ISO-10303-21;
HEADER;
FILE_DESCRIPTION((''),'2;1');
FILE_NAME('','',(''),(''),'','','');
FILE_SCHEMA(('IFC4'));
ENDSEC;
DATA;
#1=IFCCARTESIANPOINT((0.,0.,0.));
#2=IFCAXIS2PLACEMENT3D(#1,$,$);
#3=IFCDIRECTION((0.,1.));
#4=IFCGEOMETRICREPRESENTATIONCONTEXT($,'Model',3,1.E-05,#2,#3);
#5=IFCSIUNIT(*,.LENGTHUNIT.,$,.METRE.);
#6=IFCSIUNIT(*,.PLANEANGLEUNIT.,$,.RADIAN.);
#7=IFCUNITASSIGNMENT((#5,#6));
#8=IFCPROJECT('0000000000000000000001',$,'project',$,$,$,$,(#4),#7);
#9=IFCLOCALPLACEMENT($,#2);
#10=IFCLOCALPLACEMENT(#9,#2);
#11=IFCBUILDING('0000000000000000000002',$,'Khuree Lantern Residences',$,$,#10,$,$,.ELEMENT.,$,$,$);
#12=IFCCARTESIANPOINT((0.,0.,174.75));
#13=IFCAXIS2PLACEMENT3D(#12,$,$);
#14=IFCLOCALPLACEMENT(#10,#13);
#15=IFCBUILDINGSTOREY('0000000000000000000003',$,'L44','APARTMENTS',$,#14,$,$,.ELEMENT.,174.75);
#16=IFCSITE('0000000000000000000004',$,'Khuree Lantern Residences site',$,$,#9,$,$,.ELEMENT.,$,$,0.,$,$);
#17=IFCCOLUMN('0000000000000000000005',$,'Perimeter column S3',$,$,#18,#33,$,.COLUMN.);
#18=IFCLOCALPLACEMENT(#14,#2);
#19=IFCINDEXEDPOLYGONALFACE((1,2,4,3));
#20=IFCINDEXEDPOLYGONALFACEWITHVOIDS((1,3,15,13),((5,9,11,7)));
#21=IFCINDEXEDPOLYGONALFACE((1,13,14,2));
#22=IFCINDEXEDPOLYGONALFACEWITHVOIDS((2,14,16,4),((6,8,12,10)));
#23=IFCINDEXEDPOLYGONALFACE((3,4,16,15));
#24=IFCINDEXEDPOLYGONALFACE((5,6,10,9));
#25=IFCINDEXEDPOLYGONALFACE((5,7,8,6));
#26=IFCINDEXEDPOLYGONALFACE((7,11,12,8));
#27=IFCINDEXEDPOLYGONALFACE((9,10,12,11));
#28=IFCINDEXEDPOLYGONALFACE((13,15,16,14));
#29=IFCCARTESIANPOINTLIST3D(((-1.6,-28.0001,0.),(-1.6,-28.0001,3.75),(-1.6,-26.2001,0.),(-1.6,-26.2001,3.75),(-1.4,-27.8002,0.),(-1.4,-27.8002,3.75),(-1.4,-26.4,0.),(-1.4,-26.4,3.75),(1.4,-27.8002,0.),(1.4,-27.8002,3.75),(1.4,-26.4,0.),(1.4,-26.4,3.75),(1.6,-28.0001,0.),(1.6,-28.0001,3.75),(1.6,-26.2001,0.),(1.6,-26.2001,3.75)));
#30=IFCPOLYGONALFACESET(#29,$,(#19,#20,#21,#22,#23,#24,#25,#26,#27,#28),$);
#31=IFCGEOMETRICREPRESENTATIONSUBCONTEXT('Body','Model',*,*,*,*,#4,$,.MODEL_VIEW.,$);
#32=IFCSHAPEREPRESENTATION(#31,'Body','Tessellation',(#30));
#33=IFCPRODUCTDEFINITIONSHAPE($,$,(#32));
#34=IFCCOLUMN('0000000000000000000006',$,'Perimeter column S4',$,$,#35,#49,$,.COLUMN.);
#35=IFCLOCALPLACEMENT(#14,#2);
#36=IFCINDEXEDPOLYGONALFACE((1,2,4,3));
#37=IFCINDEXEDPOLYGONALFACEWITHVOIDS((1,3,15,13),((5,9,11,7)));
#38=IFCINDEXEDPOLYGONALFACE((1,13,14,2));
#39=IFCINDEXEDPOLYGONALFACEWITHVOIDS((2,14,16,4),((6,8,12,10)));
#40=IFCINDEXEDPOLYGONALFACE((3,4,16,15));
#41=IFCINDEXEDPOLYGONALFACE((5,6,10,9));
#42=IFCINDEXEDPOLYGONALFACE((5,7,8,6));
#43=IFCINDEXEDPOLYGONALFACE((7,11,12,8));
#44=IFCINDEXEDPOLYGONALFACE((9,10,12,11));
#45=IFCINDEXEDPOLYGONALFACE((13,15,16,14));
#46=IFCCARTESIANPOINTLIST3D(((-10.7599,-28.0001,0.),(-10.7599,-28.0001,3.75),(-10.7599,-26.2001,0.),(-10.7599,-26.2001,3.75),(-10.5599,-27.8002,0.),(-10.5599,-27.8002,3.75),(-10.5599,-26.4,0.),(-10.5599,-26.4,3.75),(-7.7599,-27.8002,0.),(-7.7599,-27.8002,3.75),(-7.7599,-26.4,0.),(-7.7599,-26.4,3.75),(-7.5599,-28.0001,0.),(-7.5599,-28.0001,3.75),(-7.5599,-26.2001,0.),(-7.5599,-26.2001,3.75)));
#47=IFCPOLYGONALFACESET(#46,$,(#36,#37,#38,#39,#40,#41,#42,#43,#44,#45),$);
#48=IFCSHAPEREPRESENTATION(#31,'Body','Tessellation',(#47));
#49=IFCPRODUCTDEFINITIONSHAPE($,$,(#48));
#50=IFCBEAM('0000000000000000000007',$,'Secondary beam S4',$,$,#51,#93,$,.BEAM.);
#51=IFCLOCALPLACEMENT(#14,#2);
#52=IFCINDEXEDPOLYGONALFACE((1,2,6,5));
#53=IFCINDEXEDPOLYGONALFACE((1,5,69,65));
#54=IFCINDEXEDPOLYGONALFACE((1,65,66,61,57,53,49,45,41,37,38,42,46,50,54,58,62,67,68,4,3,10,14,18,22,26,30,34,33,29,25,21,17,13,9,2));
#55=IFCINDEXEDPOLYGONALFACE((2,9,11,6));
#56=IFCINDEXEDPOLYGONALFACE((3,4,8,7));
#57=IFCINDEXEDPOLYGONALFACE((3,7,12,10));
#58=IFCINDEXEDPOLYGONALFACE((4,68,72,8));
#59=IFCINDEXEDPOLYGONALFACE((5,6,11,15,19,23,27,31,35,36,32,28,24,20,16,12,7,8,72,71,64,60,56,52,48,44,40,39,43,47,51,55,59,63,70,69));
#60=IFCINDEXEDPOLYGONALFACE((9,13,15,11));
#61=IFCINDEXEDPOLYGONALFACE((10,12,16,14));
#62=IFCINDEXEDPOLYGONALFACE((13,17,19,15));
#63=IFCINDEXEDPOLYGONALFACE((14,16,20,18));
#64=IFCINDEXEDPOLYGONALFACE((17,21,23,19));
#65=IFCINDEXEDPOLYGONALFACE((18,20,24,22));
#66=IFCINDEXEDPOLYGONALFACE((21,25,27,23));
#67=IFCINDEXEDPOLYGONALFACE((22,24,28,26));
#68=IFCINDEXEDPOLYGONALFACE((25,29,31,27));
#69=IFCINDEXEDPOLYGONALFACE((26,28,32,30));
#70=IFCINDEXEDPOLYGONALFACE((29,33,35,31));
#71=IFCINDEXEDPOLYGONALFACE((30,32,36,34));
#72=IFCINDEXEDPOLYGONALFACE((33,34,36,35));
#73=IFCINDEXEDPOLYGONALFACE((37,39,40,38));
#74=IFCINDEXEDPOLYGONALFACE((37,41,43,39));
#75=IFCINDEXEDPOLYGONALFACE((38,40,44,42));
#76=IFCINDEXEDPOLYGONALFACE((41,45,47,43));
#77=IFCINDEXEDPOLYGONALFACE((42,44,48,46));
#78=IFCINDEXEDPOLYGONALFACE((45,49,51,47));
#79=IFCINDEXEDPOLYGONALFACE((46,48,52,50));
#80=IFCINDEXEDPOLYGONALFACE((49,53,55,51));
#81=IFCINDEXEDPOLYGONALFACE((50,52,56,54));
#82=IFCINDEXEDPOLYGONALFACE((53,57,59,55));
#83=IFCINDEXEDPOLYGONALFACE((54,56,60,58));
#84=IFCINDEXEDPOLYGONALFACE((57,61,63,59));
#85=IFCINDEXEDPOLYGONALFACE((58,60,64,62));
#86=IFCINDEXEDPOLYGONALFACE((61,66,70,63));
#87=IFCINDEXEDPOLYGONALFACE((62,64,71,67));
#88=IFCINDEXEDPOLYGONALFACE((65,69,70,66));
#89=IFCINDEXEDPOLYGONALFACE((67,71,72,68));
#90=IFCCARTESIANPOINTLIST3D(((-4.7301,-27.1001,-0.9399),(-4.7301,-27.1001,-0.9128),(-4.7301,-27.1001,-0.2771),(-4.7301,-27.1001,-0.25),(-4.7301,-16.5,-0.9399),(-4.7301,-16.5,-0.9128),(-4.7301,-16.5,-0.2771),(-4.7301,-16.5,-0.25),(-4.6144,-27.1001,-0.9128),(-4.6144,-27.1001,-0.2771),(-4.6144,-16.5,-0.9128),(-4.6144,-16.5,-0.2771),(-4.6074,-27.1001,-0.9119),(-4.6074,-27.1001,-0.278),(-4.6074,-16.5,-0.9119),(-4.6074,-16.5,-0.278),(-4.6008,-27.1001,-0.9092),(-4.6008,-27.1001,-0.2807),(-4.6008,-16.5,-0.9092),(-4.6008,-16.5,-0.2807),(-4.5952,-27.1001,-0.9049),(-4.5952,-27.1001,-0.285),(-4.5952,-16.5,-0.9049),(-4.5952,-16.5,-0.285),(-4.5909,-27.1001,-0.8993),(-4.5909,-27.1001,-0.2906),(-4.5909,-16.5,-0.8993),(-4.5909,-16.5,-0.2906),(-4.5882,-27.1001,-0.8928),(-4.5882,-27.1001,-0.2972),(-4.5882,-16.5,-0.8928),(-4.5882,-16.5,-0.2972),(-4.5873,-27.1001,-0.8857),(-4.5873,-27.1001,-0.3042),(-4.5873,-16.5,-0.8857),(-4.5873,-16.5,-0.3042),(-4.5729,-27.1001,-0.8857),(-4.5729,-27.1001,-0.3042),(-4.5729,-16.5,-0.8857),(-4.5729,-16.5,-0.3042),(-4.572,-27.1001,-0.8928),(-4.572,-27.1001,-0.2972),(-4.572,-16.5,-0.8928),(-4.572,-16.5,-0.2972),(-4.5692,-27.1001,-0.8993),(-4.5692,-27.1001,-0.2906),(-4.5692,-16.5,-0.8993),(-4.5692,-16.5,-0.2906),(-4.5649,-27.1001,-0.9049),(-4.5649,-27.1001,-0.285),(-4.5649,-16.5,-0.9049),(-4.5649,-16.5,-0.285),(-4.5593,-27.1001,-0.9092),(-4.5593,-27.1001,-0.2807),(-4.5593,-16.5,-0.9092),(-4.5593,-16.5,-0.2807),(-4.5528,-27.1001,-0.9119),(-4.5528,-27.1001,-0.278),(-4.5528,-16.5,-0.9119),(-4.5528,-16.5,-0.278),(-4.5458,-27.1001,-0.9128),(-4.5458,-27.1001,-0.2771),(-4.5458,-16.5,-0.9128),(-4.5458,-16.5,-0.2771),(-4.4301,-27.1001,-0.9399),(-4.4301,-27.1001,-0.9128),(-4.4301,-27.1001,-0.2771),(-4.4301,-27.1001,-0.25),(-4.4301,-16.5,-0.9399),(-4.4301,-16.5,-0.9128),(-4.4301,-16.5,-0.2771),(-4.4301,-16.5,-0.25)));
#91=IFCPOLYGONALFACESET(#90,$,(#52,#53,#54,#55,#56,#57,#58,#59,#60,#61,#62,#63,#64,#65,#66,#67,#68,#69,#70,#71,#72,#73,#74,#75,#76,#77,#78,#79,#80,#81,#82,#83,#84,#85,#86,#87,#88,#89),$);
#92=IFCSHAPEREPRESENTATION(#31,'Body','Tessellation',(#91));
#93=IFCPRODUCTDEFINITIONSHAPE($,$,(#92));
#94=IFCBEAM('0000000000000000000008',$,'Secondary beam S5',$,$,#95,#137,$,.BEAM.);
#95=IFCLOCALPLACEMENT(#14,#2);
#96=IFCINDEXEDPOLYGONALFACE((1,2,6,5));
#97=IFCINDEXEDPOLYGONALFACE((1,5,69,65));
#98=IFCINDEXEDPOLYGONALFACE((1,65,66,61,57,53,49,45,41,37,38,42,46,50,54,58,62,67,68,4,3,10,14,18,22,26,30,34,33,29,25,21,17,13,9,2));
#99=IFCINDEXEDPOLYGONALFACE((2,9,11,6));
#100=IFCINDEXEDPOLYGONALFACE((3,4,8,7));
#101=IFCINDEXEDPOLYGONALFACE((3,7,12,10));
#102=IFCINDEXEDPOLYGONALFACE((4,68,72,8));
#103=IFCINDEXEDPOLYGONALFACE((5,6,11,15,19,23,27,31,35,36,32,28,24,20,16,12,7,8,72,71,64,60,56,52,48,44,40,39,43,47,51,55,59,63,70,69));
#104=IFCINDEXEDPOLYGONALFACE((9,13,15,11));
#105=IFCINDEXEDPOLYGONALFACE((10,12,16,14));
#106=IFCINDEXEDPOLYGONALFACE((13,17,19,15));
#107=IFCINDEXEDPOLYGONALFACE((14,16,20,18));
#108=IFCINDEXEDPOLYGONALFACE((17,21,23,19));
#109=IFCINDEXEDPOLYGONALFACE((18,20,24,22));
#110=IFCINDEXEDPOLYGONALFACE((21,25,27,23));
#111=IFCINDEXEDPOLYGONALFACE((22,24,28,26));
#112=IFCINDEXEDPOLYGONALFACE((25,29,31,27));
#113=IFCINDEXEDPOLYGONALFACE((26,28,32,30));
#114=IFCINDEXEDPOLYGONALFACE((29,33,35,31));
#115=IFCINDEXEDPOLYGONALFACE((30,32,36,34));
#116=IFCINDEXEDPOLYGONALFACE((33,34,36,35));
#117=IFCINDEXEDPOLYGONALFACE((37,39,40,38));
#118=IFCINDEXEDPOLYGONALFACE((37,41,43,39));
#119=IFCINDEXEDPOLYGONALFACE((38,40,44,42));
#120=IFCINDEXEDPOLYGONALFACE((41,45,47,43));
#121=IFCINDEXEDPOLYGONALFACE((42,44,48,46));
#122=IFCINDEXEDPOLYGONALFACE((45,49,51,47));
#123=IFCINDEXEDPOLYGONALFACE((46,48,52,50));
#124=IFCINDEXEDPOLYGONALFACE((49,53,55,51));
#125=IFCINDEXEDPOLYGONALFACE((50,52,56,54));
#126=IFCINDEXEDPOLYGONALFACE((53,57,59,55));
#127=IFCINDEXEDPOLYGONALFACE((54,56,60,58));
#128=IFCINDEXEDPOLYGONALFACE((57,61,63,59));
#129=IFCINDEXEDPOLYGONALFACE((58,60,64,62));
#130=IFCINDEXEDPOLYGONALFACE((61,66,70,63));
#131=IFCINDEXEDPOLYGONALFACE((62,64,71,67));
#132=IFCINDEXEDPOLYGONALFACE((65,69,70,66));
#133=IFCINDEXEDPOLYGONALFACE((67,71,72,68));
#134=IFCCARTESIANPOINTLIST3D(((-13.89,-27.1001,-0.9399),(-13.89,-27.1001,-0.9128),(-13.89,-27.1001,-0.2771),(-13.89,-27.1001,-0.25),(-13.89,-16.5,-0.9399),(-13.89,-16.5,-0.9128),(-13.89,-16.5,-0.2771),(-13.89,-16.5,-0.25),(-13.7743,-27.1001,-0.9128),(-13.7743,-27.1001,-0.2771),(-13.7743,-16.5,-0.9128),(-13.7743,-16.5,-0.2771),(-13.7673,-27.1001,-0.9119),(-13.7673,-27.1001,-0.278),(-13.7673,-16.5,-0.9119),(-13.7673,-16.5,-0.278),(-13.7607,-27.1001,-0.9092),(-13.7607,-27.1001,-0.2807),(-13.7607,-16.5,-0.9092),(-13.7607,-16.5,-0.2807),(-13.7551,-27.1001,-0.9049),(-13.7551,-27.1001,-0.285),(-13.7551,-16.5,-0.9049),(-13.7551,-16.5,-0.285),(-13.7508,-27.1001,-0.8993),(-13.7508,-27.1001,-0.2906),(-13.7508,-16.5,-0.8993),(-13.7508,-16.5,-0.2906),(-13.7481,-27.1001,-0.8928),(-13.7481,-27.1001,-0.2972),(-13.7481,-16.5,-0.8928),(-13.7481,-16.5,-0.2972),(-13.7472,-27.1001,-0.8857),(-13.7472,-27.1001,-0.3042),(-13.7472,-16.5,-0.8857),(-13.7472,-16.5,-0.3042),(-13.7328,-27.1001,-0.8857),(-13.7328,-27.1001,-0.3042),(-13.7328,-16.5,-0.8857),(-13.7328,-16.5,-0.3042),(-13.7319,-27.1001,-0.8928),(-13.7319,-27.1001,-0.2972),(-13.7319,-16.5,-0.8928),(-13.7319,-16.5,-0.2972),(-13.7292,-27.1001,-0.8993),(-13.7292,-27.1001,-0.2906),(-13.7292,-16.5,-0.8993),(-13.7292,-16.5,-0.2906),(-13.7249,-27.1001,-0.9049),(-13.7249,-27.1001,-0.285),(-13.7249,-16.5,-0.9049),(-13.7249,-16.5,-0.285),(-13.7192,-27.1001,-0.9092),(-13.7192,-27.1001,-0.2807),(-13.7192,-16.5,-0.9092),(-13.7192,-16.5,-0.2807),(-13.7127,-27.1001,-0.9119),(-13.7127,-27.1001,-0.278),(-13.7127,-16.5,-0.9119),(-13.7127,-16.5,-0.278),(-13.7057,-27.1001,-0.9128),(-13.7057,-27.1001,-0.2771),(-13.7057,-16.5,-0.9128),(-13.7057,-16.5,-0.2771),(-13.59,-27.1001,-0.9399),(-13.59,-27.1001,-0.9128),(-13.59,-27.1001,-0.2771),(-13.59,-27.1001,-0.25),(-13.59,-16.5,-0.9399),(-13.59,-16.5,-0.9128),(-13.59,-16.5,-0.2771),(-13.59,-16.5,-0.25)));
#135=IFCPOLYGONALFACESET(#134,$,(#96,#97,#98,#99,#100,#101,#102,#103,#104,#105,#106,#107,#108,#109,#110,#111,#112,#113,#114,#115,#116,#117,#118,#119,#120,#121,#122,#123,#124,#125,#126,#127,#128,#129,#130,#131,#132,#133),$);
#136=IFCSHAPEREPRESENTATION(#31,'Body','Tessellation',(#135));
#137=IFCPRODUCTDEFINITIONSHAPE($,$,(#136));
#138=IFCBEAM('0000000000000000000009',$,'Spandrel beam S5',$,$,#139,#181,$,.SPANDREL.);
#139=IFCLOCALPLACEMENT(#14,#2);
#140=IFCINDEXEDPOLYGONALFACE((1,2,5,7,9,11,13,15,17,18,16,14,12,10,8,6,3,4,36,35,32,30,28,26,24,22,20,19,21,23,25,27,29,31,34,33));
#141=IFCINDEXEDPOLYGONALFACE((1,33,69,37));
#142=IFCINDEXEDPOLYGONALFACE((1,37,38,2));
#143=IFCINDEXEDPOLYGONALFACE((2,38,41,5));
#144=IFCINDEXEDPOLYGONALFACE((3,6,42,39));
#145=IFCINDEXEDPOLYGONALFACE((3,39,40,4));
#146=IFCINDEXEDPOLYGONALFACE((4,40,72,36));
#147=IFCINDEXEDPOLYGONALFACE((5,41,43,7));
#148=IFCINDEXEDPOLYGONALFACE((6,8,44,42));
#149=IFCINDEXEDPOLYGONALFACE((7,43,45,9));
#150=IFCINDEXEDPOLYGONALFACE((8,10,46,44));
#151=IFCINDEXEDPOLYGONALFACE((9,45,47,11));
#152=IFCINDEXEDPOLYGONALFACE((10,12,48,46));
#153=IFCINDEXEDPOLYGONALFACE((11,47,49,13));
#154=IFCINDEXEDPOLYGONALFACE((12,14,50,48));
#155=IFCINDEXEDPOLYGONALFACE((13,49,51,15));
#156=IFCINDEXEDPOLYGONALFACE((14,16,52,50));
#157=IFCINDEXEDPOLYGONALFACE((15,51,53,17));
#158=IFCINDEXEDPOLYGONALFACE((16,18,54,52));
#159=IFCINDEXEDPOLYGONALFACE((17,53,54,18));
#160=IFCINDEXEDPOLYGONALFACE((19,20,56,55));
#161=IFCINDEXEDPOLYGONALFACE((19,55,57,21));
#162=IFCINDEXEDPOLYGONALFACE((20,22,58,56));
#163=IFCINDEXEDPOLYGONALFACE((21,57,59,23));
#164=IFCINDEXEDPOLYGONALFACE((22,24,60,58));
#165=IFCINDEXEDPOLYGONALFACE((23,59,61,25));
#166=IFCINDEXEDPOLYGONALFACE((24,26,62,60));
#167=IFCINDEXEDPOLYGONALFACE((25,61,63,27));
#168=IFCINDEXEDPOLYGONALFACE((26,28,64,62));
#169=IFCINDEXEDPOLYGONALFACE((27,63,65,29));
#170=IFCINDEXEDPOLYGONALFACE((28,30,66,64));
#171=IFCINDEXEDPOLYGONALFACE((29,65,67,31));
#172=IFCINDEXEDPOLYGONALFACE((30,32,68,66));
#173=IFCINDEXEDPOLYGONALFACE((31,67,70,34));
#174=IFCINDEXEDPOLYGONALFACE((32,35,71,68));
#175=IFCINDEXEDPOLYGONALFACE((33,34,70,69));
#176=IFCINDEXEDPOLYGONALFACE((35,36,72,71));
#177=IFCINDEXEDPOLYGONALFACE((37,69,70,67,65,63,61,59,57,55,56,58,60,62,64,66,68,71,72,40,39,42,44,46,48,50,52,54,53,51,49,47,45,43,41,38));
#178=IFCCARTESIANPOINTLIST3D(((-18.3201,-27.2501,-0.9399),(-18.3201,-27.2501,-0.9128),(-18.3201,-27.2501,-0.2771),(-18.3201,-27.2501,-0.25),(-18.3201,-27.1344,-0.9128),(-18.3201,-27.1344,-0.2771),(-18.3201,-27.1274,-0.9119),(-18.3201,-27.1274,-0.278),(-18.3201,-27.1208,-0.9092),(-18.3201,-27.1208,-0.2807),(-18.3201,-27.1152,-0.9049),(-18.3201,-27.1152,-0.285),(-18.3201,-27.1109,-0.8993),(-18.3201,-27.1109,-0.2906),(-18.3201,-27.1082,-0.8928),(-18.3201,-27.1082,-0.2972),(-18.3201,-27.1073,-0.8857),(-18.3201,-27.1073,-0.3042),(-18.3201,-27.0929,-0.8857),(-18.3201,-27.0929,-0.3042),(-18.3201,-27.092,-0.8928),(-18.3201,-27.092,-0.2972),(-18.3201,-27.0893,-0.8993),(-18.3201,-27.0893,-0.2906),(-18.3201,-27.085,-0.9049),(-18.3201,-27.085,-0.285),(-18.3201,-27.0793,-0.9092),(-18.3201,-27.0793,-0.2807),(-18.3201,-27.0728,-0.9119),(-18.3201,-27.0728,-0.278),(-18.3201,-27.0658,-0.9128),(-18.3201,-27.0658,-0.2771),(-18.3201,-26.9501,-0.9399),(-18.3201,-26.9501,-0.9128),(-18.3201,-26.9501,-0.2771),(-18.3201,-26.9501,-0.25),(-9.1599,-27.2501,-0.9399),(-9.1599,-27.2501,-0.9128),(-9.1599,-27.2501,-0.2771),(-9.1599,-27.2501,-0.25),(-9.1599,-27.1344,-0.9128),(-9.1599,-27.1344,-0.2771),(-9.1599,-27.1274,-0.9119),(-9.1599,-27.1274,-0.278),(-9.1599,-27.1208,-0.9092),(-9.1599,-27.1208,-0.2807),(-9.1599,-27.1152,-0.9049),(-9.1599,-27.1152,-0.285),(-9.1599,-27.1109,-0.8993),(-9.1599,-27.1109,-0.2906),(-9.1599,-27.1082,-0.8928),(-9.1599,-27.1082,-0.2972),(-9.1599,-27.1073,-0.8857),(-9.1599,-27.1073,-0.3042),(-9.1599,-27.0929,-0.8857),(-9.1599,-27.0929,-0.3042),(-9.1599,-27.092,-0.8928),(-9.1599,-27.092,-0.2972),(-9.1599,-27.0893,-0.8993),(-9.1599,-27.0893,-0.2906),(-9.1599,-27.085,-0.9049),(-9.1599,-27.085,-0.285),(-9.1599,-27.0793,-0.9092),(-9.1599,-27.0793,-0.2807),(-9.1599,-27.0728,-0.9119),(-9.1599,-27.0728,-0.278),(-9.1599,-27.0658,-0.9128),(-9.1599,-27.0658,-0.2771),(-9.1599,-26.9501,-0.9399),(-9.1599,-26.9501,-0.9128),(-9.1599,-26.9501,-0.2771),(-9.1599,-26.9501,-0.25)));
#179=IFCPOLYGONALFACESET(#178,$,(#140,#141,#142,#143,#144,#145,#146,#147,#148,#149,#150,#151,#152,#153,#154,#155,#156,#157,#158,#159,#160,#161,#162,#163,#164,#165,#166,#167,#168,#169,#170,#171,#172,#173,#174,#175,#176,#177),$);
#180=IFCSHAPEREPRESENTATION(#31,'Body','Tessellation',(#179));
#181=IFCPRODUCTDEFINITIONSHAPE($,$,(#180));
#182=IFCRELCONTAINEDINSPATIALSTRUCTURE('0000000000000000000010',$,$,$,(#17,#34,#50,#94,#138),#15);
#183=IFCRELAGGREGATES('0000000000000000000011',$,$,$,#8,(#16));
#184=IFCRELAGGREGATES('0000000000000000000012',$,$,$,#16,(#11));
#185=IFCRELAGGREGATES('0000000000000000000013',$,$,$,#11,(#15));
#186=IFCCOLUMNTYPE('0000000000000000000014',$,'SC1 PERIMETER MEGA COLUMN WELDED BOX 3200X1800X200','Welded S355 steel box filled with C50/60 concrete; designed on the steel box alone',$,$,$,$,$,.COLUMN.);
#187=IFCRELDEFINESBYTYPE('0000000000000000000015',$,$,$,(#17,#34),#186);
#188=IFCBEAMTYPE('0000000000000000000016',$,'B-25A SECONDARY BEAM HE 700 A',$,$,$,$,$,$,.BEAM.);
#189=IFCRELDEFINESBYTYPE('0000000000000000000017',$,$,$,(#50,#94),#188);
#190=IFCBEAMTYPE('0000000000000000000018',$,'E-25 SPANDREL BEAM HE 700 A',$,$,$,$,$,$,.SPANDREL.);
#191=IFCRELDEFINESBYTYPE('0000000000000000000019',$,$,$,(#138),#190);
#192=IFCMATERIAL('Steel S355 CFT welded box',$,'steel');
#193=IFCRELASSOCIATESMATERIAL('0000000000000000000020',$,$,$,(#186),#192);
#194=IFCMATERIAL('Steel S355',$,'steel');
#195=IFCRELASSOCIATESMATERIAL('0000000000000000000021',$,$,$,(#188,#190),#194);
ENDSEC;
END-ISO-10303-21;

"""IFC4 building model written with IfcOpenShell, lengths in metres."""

from ifc_helpers import new_model, si_unit, direction, frame, origin, origin_2d, place, context, subcontext, project, spatial, hollow_rectangle, i_section, extrude, material, material_profile, profile_set, type_object, element, save


model = new_model("IFC4")

# Units and contexts
model_context = context("Model", 3, precision=1e-05, world=origin(), true_north=direction((0.0, 1.0)))
body_context = subcontext(model_context, "Body", "Model", "MODEL_VIEW")
ifc_project = project(units=[si_unit("LENGTHUNIT", "METRE"), si_unit("PLANEANGLEUNIT", "RADIAN")], contexts=[model_context])

# Site, building, storey
site_placement = place(None, origin())
site = spatial("IfcSite", under=ifc_project, at=site_placement, Name="Khuree Lantern Residences site", CompositionType="ELEMENT", RefElevation=0.0)
building_placement = place(site_placement, origin())
building = spatial("IfcBuilding", under=site, at=building_placement, Name="Khuree Lantern Residences", CompositionType="ELEMENT")
storey_placement = place(building_placement, frame((0.0, 0.0, 174.75)))
storey = spatial("IfcBuildingStorey", under=building, at=storey_placement, Name="L44", Description="APARTMENTS", CompositionType="ELEMENT", Elevation=174.75)

# Columns
ifc_material_1 = material(Name="Steel S355 CFT welded box", Category="steel")
ifc_material_profile_1 = material_profile(ifc_material_1, hollow_rectangle(XDim=3.2, YDim=1.8, WallThickness=0.2, at=origin_2d()), Name="WELDED BOX 3200X1800X200")
ifc_profile_set_1 = profile_set([ifc_material_profile_1], Name="Steel S355 CFT welded box")
column_type = type_object("IfcColumnType", Name="SC1 PERIMETER MEGA COLUMN WELDED BOX 3200X1800X200", Description="Welded S355 steel box filled with C50/60 concrete; designed on the steel box alone", PredefinedType="COLUMN", material=ifc_profile_set_1)
for number, where, z_axis, x_axis, name in (
    (1, (0.0, -27.1001, 0.0), (0.0, 0.0, 1.0), (1.0, 0.0, 0.0), "Perimeter column S3"),
    (2, (-9.1599, -27.1001, 0.0), (0.0, 0.0, 1.0), (1.0, 0.0, 0.0), "Perimeter column S4"),
):
    element("IfcColumn", number, at=place(storey_placement, frame(where, z_axis=z_axis, x_axis=x_axis)), inside=storey, type_object=column_type, Name=name, PredefinedType="COLUMN", context=body_context, shape_type="SweptSolid", body=[
        extrude(hollow_rectangle(XDim=3.2, YDim=1.8, WallThickness=0.2, at=origin_2d()), origin(), (0.0, 0.0, 1.0), 3.75),
    ])

# Beams
ifc_material_2 = material(Name="Steel S355", Category="steel")
ifc_material_profile_2 = material_profile(ifc_material_2, i_section(OverallWidth=0.3, OverallDepth=0.6899, WebThickness=0.0144, FlangeThickness=0.0271, FilletRadius=0.0271, at=origin_2d()), Name="HE 700 A")
ifc_profile_set_2 = profile_set([ifc_material_profile_2], Name="Steel S355")
beam_type_1 = type_object("IfcBeamType", Name="B-25A SECONDARY BEAM HE 700 A", PredefinedType="BEAM", material=ifc_profile_set_2)
for number, where, z_axis, x_axis, name in (
    (3, (-4.5801, -27.1001, -0.595), (0.0, 1.0, 0.0), (-1.0, 0.0, 0.0), "Secondary beam S4"),
    (4, (-13.74, -27.1001, -0.595), (0.0, 1.0, 0.0), (-1.0, 0.0, 0.0), "Secondary beam S5"),
):
    element("IfcBeam", number, at=place(storey_placement, frame(where, z_axis=z_axis, x_axis=x_axis)), inside=storey, type_object=beam_type_1, Name=name, PredefinedType="BEAM", context=body_context, shape_type="SweptSolid", body=[
        extrude(i_section(OverallWidth=0.3, OverallDepth=0.6899, WebThickness=0.0144, FlangeThickness=0.0271, FilletRadius=0.0271, at=origin_2d()), origin(), (0.0, 0.0, 1.0), 10.6001),
    ])
ifc_material_profile_3 = material_profile(ifc_material_2, i_section(OverallWidth=0.3, OverallDepth=0.6899, WebThickness=0.0144, FlangeThickness=0.0271, FilletRadius=0.0271, at=origin_2d()), Name="HE 700 A")
ifc_profile_set_3 = profile_set([ifc_material_profile_3], Name="Steel S355")
beam_type_2 = type_object("IfcBeamType", Name="E-25 SPANDREL BEAM HE 700 A", PredefinedType="SPANDREL", material=ifc_profile_set_3)
beam_1_placement = place(storey_placement, frame((-9.1599, -27.1001, -0.595), z_axis=(-1.0, 0.0, 0.0), x_axis=(0.0, -1.0, 0.0)))
element("IfcBeam", 5, at=beam_1_placement, inside=storey, type_object=beam_type_2, Name="Spandrel beam S5", PredefinedType="SPANDREL", context=body_context, shape_type="SweptSolid", body=[
    extrude(i_section(OverallWidth=0.3, OverallDepth=0.6899, WebThickness=0.0144, FlangeThickness=0.0271, FilletRadius=0.0271, at=origin_2d()), origin(), (0.0, 0.0, 1.0), 9.1602),
])

save(model, "model.ifc")
